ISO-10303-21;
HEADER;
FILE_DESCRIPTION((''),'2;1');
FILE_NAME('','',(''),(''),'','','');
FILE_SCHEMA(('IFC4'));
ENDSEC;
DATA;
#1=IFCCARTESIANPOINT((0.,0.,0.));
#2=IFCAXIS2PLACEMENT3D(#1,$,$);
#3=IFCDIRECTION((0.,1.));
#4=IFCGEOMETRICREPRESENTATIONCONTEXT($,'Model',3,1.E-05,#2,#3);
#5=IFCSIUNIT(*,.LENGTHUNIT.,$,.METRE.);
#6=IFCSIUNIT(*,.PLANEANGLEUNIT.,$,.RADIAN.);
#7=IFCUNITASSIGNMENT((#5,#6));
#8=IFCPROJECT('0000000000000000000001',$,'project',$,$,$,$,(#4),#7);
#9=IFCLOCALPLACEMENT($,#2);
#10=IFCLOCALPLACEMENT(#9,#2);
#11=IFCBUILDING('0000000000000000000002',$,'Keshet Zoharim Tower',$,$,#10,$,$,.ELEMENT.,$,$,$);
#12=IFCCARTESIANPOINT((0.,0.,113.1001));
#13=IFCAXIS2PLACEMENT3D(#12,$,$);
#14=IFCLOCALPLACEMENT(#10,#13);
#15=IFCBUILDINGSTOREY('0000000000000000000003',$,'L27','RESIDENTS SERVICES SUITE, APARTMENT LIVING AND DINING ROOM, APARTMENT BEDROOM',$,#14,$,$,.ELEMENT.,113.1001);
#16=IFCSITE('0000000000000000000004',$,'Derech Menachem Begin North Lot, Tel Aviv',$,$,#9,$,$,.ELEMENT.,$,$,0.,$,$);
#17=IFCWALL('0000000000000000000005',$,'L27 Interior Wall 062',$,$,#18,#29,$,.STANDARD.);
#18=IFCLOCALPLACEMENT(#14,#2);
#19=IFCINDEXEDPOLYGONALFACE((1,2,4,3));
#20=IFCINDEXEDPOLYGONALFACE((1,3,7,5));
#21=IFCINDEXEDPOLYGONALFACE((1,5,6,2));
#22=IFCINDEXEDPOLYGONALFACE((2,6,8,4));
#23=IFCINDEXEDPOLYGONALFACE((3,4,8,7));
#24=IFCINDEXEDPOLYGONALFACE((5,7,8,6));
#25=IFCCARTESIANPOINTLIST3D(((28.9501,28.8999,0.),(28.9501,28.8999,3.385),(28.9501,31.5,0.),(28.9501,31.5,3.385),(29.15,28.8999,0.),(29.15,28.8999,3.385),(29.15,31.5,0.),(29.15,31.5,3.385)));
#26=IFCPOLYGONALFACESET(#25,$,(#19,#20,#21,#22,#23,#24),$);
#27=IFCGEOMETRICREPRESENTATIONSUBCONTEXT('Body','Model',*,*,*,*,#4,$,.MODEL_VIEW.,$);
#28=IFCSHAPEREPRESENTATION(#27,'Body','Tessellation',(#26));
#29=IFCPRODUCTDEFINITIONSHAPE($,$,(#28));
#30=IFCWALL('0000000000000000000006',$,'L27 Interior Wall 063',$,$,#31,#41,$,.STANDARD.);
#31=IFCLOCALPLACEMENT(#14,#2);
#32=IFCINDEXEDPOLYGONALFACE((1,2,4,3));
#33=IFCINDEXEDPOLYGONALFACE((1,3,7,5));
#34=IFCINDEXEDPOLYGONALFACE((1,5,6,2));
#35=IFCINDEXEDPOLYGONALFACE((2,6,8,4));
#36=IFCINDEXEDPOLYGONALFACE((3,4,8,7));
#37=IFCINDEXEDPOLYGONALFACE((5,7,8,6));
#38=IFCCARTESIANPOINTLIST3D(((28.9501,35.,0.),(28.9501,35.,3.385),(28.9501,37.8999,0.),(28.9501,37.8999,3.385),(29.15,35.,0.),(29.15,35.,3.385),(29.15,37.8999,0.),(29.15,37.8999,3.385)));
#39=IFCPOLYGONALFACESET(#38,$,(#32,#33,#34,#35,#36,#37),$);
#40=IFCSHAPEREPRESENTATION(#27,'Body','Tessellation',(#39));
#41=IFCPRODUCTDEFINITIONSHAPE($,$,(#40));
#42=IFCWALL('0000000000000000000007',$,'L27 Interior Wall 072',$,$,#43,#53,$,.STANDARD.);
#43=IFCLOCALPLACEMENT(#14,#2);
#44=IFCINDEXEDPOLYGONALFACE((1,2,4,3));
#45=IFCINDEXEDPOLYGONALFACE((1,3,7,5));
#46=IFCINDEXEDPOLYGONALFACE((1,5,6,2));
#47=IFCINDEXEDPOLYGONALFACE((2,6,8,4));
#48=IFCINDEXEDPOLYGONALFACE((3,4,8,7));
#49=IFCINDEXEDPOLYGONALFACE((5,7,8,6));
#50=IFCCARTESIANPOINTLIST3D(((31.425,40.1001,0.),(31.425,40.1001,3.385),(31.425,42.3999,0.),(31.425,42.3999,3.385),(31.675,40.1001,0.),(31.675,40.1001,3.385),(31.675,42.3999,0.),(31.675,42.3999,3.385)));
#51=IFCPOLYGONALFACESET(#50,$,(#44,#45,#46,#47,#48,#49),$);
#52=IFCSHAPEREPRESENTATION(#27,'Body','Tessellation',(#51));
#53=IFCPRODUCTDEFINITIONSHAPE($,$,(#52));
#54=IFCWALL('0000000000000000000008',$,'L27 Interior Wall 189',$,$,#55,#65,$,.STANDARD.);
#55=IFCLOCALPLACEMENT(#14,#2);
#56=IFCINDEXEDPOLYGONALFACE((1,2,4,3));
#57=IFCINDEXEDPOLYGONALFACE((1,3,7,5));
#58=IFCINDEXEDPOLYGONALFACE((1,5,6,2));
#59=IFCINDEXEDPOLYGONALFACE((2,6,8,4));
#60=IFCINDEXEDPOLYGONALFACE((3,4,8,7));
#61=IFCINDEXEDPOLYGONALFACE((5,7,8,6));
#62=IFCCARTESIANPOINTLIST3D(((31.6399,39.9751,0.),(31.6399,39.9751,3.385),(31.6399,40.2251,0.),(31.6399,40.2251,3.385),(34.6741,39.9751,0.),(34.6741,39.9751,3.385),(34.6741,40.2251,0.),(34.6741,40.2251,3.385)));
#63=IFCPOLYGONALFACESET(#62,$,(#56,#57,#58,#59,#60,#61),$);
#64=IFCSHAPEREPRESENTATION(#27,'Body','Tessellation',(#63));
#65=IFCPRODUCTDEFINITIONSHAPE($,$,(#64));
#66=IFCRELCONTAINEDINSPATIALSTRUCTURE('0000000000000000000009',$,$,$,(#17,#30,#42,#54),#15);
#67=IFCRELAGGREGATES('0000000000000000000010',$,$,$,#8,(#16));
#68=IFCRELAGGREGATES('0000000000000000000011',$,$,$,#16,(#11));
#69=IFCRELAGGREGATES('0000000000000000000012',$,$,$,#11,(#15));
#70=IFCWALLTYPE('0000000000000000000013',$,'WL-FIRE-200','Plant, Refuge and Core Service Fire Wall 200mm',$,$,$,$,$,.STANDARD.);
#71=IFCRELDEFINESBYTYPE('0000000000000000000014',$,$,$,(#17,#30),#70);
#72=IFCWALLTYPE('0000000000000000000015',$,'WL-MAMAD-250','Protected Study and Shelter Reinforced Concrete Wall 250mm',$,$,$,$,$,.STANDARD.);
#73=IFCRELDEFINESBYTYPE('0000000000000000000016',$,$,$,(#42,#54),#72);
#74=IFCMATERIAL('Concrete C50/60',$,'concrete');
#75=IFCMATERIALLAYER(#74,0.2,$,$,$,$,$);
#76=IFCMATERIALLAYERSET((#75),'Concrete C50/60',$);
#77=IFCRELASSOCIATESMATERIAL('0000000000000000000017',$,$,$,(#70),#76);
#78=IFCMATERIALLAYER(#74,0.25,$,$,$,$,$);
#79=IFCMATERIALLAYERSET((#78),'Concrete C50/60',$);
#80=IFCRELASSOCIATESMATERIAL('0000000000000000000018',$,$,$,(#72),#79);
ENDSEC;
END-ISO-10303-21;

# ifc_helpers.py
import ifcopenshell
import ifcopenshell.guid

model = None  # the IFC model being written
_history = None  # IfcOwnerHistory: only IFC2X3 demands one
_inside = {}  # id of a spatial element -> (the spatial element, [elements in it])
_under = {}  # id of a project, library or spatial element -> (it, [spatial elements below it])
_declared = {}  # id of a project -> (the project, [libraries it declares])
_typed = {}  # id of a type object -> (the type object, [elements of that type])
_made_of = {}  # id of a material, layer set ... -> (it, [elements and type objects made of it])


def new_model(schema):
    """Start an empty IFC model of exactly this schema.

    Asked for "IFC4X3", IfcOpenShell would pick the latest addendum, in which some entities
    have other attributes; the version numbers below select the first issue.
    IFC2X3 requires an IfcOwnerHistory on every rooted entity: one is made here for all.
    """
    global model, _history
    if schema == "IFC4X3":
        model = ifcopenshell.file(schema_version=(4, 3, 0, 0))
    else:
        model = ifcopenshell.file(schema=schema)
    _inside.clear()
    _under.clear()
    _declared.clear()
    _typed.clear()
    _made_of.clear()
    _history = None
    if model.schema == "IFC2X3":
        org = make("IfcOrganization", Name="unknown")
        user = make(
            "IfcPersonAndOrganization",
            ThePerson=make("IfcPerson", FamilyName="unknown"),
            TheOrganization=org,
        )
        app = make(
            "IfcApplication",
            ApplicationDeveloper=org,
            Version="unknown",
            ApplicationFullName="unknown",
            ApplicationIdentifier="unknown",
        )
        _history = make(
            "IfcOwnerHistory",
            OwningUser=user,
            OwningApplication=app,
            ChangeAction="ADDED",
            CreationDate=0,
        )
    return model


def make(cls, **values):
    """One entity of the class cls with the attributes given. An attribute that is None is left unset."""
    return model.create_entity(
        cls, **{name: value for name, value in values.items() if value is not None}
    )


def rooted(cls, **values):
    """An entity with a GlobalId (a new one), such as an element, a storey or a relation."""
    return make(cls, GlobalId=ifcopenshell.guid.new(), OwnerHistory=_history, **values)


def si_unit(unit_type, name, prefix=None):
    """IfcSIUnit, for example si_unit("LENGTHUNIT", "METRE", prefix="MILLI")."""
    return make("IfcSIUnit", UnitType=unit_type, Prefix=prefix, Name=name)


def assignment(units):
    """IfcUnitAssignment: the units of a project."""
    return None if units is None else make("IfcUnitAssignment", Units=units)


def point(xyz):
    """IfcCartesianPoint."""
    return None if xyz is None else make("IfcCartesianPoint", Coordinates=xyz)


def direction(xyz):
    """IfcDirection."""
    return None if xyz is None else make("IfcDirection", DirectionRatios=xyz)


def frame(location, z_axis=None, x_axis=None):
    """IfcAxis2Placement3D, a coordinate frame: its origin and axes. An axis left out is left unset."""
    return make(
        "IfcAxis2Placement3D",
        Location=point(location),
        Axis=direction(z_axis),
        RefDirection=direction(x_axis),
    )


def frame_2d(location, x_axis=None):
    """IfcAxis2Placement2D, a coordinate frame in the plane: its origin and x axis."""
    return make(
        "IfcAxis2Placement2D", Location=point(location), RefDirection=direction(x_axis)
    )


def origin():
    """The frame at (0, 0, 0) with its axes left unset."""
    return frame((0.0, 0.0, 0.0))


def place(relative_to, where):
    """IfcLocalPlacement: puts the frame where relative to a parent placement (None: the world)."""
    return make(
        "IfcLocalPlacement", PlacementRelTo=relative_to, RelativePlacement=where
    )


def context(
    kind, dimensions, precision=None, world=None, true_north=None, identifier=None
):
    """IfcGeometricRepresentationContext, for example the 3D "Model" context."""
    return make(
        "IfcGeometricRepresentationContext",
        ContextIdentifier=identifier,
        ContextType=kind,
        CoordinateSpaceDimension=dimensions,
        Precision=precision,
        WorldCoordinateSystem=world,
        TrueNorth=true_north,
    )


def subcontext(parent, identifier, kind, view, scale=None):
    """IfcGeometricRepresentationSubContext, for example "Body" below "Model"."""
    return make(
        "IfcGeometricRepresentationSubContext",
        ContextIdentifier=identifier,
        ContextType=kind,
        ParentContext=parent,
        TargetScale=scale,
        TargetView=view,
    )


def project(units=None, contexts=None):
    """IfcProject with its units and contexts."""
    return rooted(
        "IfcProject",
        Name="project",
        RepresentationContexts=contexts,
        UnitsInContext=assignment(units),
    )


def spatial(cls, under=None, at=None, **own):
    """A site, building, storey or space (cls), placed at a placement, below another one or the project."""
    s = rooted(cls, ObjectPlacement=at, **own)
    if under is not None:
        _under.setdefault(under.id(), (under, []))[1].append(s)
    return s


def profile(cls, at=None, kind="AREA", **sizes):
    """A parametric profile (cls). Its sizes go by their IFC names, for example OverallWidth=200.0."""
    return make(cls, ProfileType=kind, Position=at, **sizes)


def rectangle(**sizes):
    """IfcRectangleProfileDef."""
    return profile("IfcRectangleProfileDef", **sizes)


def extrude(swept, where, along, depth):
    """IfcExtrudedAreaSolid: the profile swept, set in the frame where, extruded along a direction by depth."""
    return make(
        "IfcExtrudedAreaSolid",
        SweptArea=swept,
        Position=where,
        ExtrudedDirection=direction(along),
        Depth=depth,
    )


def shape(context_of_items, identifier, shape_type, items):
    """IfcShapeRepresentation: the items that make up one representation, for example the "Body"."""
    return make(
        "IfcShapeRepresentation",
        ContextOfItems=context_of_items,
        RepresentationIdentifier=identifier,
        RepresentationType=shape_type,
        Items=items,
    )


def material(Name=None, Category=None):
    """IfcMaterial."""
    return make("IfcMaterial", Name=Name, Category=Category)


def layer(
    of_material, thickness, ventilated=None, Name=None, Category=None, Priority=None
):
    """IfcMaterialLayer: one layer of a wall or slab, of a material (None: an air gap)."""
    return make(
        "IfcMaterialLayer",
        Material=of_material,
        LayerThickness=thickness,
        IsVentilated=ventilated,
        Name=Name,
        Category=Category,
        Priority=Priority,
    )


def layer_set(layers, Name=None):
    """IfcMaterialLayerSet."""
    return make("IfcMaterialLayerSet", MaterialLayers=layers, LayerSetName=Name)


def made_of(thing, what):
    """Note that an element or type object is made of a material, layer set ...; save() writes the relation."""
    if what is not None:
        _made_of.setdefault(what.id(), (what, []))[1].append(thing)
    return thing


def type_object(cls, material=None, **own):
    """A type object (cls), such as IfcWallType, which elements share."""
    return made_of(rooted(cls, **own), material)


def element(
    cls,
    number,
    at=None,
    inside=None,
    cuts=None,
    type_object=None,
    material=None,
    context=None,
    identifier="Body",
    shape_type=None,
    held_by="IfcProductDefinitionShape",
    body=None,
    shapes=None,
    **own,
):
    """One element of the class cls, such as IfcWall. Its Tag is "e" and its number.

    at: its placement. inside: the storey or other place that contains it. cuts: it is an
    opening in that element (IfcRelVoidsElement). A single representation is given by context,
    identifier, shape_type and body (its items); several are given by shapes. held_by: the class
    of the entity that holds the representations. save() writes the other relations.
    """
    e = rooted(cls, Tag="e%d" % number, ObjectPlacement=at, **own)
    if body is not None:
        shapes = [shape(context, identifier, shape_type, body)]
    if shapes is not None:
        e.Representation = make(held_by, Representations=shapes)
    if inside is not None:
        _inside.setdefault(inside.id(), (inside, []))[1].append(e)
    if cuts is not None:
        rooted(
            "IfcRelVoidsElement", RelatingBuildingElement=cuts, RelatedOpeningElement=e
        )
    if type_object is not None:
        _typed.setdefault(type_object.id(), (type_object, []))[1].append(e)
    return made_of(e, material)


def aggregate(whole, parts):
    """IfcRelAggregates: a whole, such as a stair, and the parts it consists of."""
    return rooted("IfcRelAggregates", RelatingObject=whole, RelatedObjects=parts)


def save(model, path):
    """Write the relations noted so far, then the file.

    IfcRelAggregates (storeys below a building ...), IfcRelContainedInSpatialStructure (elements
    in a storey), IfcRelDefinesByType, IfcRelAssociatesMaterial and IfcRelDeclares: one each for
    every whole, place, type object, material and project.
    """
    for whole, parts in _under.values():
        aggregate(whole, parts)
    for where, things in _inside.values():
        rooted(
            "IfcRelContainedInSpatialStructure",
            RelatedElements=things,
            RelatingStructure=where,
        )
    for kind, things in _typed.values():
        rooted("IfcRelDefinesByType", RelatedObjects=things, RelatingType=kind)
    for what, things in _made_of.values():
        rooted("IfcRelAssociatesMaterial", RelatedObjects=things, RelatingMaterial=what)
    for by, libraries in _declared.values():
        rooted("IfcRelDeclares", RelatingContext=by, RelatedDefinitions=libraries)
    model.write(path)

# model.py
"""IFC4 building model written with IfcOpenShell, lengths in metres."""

from ifc_helpers import new_model, si_unit, direction, frame, frame_2d, origin, place, context, subcontext, project, spatial, rectangle, extrude, material, layer, layer_set, type_object, element, save


model = new_model("IFC4")

# Units and contexts
model_context = context("Model", 3, precision=1e-05, world=origin(), true_north=direction((0.0, 1.0)))
body_context = subcontext(model_context, "Body", "Model", "MODEL_VIEW")
ifc_project = project(units=[si_unit("LENGTHUNIT", "METRE"), si_unit("PLANEANGLEUNIT", "RADIAN")], contexts=[model_context])

# Site, building, storey
site_placement = place(None, origin())
site = spatial("IfcSite", under=ifc_project, at=site_placement, Name="Derech Menachem Begin North Lot, Tel Aviv", CompositionType="ELEMENT", RefElevation=0.0)
building_placement = place(site_placement, origin())
building = spatial("IfcBuilding", under=site, at=building_placement, Name="Keshet Zoharim Tower", CompositionType="ELEMENT")
storey_placement = place(building_placement, frame((0.0, 0.0, 113.1001)))
storey = spatial("IfcBuildingStorey", under=building, at=storey_placement, Name="L27", Description="RESIDENTS SERVICES SUITE, APARTMENT LIVING AND DINING ROOM, APARTMENT BEDROOM", CompositionType="ELEMENT", Elevation=113.1001)

# Walls
ifc_material_1 = material(Name="Concrete C50/60", Category="concrete")
ifc_layer_1 = layer(ifc_material_1, 0.2)
ifc_layer_set_1 = layer_set([ifc_layer_1], Name="Concrete C50/60")
wall_type_1 = type_object("IfcWallType", Name="WL-FIRE-200", Description="Plant, Refuge and Core Service Fire Wall 200mm", PredefinedType="STANDARD", material=ifc_layer_set_1)
wall_1_placement = place(storey_placement, frame((29.05, 28.8999, 0.0), z_axis=(0.0, 0.0, 1.0), x_axis=(0.0, 1.0, 0.0)))
element("IfcWall", 1, at=wall_1_placement, inside=storey, type_object=wall_type_1, Name="L27 Interior Wall 062", PredefinedType="STANDARD", context=body_context, shape_type="SweptSolid", body=[
    extrude(rectangle(XDim=2.6001, YDim=0.2, at=frame_2d((1.3, 0.0))), origin(), (0.0, 0.0, 1.0), 3.385),
])
wall_2_placement = place(storey_placement, frame((29.05, 35.0, 0.0), z_axis=(0.0, 0.0, 1.0), x_axis=(0.0, 1.0, 0.0)))
element("IfcWall", 2, at=wall_2_placement, inside=storey, type_object=wall_type_1, Name="L27 Interior Wall 063", PredefinedType="STANDARD", context=body_context, shape_type="SweptSolid", body=[
    extrude(rectangle(XDim=2.8999, YDim=0.2, at=frame_2d((1.45, 0.0))), origin(), (0.0, 0.0, 1.0), 3.385),
])
ifc_layer_2 = layer(ifc_material_1, 0.25)
ifc_layer_set_2 = layer_set([ifc_layer_2], Name="Concrete C50/60")
wall_type_2 = type_object("IfcWallType", Name="WL-MAMAD-250", Description="Protected Study and Shelter Reinforced Concrete Wall 250mm", PredefinedType="STANDARD", material=ifc_layer_set_2)
wall_3_placement = place(storey_placement, frame((31.55, 40.1001, 0.0), z_axis=(0.0, 0.0, 1.0), x_axis=(0.0, 1.0, 0.0)))
element("IfcWall", 3, at=wall_3_placement, inside=storey, type_object=wall_type_2, Name="L27 Interior Wall 072", PredefinedType="STANDARD", context=body_context, shape_type="SweptSolid", body=[
    extrude(rectangle(XDim=2.2998, YDim=0.25, at=frame_2d((1.1499, 0.0))), origin(), (0.0, 0.0, 1.0), 3.385),
])
wall_4_placement = place(storey_placement, frame((31.6399, 40.1001, 0.0), z_axis=(0.0, 0.0, 1.0), x_axis=(1.0, 0.0, 0.0)))
element("IfcWall", 4, at=wall_4_placement, inside=storey, type_object=wall_type_2, Name="L27 Interior Wall 189", PredefinedType="STANDARD", context=body_context, shape_type="SweptSolid", body=[
    extrude(rectangle(XDim=3.0342, YDim=0.25, at=frame_2d((1.5171, 0.0))), origin(), (0.0, 0.0, 1.0), 3.385),
])

save(model, "model.ifc")
